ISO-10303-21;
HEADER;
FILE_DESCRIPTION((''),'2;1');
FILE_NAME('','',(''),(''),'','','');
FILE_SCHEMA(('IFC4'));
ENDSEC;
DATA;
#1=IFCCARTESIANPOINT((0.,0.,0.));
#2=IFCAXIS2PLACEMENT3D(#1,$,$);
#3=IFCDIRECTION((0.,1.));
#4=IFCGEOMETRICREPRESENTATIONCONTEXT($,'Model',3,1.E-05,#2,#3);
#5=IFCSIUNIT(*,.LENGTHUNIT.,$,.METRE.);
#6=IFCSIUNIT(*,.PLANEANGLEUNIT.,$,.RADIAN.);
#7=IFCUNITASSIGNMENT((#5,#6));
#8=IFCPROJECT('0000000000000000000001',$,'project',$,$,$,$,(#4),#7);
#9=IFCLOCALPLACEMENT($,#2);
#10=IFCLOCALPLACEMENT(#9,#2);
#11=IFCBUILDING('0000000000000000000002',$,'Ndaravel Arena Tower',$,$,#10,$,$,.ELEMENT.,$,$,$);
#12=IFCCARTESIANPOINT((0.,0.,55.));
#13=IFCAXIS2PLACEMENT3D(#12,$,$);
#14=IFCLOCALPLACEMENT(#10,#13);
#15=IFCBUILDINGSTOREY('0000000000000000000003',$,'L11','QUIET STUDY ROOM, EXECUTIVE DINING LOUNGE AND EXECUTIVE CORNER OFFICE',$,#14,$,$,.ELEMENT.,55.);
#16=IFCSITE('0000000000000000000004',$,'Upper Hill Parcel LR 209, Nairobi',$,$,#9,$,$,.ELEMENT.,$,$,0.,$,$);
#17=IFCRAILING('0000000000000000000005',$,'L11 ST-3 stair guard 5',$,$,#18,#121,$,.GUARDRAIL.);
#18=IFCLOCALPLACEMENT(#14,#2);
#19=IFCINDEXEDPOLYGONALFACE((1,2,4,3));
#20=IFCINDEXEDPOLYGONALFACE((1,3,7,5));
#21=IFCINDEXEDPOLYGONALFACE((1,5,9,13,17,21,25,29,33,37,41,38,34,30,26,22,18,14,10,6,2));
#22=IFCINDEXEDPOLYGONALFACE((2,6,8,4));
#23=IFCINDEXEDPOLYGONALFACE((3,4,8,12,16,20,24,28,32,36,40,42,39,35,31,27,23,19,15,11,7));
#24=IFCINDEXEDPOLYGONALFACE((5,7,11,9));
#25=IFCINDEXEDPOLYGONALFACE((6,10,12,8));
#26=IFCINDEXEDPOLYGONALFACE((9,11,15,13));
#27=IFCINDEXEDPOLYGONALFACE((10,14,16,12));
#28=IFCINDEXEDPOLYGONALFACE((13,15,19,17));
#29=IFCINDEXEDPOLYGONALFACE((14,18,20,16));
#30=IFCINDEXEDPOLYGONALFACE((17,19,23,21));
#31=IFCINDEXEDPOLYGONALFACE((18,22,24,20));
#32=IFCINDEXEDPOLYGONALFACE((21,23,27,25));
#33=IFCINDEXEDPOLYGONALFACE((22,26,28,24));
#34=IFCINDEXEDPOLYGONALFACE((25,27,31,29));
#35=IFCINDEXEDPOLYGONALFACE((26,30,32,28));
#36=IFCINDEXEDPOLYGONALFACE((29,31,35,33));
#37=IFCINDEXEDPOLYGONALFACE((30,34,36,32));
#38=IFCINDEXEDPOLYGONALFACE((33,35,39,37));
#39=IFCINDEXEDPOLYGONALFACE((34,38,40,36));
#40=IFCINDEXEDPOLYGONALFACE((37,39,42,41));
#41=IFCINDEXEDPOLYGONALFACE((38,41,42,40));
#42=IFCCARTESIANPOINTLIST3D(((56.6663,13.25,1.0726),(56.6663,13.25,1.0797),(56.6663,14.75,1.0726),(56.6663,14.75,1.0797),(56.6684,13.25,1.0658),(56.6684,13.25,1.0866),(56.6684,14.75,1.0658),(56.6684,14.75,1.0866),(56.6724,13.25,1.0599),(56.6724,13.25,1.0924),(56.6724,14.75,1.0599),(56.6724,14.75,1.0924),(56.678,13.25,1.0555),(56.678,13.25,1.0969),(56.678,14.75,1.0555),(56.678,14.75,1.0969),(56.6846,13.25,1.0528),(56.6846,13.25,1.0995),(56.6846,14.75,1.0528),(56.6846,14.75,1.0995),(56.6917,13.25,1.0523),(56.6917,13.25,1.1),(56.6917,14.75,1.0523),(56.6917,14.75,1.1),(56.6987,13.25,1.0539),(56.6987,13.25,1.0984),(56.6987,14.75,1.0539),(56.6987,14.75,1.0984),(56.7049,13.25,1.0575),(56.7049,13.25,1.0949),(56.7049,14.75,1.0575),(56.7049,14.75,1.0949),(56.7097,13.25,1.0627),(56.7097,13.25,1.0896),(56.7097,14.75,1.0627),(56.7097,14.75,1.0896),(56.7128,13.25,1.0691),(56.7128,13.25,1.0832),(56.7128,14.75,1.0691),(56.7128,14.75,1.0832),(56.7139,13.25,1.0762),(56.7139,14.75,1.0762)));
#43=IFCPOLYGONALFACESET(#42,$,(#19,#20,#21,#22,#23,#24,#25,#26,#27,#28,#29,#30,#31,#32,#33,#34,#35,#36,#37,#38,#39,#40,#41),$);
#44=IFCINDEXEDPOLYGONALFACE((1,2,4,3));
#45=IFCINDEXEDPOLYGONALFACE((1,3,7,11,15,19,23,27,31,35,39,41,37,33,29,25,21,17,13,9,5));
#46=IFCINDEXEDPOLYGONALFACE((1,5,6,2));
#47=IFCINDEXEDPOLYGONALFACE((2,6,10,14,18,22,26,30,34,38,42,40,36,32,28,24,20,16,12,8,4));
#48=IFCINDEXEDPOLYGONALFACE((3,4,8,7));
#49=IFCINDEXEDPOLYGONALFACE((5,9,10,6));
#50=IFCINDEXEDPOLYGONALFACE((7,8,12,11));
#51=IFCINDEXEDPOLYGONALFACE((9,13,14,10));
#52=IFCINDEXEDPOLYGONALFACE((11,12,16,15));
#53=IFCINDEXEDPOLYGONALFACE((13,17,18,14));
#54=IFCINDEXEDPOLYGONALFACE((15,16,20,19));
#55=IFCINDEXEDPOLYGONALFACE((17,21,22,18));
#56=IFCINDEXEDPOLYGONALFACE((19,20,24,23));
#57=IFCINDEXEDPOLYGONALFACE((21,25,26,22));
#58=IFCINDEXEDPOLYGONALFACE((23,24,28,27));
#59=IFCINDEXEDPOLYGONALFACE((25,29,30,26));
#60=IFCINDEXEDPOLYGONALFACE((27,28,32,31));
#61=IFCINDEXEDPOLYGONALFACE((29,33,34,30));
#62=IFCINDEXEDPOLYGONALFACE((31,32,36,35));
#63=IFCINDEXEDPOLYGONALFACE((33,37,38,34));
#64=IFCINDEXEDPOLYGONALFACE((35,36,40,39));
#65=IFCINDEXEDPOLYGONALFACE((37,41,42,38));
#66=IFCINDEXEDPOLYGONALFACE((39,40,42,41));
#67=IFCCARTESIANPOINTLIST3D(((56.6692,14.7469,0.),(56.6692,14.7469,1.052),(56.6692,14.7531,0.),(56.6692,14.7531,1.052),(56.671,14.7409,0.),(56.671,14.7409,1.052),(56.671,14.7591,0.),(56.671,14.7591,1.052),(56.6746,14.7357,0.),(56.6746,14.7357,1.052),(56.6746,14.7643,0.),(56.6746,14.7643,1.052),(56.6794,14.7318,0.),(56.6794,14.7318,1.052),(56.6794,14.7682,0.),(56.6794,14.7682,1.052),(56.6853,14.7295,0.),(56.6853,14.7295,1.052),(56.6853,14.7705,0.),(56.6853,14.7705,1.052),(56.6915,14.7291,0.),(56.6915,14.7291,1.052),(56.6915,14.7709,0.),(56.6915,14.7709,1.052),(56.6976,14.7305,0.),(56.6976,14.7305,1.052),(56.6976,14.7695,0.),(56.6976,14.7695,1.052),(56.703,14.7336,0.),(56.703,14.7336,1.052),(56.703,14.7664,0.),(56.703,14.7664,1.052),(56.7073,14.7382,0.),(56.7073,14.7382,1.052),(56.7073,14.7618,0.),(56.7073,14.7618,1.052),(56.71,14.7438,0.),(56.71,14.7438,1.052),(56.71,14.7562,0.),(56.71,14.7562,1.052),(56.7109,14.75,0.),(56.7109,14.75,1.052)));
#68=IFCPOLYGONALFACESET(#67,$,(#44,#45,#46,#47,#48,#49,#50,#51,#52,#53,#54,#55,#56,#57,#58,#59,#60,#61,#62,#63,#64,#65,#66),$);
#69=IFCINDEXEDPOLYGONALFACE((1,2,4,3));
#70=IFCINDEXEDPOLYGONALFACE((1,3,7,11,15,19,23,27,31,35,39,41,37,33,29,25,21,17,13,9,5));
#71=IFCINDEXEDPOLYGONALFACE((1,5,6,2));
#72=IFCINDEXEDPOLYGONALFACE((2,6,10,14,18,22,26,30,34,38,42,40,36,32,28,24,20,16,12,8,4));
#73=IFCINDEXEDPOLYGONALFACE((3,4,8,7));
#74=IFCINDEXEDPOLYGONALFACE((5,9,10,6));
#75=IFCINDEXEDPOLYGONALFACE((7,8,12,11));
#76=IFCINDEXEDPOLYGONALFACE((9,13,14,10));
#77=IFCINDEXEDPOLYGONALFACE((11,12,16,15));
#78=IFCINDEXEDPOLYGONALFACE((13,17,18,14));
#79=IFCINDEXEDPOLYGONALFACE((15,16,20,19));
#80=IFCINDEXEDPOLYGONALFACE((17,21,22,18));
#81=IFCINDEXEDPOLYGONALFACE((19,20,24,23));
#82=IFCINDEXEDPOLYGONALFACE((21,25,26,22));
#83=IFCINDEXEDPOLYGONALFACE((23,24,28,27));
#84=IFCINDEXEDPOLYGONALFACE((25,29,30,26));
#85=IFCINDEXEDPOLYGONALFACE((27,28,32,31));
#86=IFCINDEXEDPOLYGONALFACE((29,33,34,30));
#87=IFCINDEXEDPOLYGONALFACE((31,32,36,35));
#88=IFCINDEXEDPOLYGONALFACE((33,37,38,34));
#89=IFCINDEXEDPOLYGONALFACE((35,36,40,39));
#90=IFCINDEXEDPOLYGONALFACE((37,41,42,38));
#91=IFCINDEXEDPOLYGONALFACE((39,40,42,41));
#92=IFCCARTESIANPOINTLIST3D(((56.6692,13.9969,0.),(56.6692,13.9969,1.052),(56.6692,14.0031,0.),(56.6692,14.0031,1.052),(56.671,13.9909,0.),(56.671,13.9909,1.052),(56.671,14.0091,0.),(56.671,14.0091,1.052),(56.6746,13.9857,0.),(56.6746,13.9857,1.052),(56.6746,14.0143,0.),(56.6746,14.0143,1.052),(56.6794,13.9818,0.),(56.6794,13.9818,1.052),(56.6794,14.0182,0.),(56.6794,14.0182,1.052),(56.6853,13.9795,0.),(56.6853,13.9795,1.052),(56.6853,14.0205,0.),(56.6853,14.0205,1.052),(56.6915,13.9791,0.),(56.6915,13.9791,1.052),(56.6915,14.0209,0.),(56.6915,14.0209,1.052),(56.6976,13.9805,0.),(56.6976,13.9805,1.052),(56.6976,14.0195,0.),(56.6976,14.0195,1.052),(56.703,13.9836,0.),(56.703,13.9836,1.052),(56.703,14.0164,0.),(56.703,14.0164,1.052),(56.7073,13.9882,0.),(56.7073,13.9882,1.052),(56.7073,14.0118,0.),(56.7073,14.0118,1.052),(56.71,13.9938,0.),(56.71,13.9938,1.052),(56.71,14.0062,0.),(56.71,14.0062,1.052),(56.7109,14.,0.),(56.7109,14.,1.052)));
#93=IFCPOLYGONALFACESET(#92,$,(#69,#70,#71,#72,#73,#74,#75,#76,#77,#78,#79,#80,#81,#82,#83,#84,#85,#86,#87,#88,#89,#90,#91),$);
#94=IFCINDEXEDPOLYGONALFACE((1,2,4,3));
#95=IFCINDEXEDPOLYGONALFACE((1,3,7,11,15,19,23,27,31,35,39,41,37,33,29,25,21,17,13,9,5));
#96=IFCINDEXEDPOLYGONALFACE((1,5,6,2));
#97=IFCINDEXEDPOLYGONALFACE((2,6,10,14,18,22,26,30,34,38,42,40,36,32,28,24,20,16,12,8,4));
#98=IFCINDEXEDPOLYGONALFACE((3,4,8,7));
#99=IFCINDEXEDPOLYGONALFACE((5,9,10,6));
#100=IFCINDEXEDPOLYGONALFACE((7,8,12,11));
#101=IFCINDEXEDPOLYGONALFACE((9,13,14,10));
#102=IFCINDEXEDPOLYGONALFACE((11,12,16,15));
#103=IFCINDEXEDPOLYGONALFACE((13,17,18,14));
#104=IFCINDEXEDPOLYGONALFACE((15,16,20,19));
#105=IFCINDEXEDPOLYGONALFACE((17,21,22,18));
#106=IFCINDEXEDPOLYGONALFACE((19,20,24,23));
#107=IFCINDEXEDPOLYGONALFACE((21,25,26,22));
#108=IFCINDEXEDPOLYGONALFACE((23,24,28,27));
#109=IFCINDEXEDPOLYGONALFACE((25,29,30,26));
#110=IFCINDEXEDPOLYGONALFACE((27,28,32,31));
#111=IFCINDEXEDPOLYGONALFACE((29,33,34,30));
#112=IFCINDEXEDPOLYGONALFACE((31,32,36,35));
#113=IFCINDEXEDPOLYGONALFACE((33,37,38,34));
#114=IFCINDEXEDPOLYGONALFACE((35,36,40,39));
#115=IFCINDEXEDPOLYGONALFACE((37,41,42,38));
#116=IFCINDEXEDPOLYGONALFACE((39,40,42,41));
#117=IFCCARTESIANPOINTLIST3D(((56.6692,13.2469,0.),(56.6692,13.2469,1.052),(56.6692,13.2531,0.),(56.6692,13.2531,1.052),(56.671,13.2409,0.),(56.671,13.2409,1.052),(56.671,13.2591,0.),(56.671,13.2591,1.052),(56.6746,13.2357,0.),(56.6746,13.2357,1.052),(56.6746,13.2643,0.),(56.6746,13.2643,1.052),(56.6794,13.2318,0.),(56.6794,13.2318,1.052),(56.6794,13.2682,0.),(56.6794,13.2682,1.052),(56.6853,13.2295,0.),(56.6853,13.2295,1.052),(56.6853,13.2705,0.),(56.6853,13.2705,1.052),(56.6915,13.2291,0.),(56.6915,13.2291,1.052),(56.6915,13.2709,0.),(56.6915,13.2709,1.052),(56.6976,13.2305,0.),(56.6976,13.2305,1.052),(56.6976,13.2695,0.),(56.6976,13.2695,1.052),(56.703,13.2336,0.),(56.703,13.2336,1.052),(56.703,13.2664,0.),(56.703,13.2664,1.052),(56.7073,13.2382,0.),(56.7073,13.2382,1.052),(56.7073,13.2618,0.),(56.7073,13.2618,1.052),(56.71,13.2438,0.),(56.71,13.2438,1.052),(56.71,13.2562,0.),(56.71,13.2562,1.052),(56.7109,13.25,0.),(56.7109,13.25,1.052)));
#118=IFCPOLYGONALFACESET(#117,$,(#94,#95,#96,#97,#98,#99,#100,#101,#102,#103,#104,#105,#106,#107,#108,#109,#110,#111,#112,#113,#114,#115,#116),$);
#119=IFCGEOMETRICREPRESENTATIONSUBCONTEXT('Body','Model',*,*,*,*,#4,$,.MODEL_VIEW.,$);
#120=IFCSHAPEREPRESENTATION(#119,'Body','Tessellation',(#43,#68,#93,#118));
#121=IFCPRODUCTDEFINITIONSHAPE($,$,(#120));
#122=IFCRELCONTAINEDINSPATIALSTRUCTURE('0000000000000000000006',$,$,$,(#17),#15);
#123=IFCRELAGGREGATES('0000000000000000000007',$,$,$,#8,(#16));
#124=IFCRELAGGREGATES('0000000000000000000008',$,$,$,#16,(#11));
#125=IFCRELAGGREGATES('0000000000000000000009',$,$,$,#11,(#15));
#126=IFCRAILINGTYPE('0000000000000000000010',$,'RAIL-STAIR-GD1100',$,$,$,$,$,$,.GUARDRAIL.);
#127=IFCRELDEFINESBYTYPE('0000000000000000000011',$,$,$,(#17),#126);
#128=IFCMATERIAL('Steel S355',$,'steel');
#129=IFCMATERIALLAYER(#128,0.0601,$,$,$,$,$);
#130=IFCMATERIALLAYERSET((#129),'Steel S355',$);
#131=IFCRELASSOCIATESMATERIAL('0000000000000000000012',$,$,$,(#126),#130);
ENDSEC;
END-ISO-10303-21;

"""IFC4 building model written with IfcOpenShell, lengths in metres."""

from ifc_helpers import new_model, si_unit, direction, frame, origin, origin_2d, place, context, subcontext, project, spatial, circle, extrude, material, layer, layer_set, type_object, element, save


model = new_model("IFC4")

# Units and contexts
model_context = context("Model", 3, precision=1e-05, world=origin(), true_north=direction((0.0, 1.0)))
body_context = subcontext(model_context, "Body", "Model", "MODEL_VIEW")
ifc_project = project(units=[si_unit("LENGTHUNIT", "METRE"), si_unit("PLANEANGLEUNIT", "RADIAN")], contexts=[model_context])

# Site, building, storey
site_placement = place(None, origin())
site = spatial("IfcSite", under=ifc_project, at=site_placement, Name="Upper Hill Parcel LR 209, Nairobi", CompositionType="ELEMENT", RefElevation=0.0)
building_placement = place(site_placement, origin())
building = spatial("IfcBuilding", under=site, at=building_placement, Name="Ndaravel Arena Tower", CompositionType="ELEMENT")
storey_placement = place(building_placement, frame((0.0, 0.0, 55.0)))
storey = spatial("IfcBuildingStorey", under=building, at=storey_placement, Name="L11", Description="QUIET STUDY ROOM, EXECUTIVE DINING LOUNGE AND EXECUTIVE CORNER OFFICE", CompositionType="ELEMENT", Elevation=55.0)

# Railing
ifc_material_1 = material(Name="Steel S355", Category="steel")
ifc_layer_1 = layer(ifc_material_1, 0.0601)
ifc_layer_set_1 = layer_set([ifc_layer_1], Name="Steel S355")
railing_type = type_object("IfcRailingType", Name="RAIL-STAIR-GD1100", PredefinedType="GUARDRAIL", material=ifc_layer_set_1)
for number, where, name in (
    (1, (56.6899, 14.75, 0.0), "L11 ST-3 stair guard 5"),
):
    element("IfcRailing", number, at=place(storey_placement, frame(where)), inside=storey, type_object=railing_type, Name=name, PredefinedType="GUARDRAIL", context=body_context, shape_type="SweptSolid", body=[
        extrude(circle(Radius=0.0239, at=origin_2d()), frame((0.0, 0.0, 1.0762), z_axis=(0.0, -1.0, 0.0), x_axis=(1.0, 0.0, 0.0)), (0.0, 0.0, 1.0), 1.5),
        extrude(circle(Radius=0.021, at=origin_2d()), origin(), (0.0, 0.0, 1.0), 1.052),
        extrude(circle(Radius=0.021, at=origin_2d()), frame((0.0, -0.75, 0.0)), (0.0, 0.0, 1.0), 1.052),
        extrude(circle(Radius=0.021, at=origin_2d()), frame((0.0, -1.5, 0.0)), (0.0, 0.0, 1.0), 1.052),
    ])

save(model, "model.ifc")
